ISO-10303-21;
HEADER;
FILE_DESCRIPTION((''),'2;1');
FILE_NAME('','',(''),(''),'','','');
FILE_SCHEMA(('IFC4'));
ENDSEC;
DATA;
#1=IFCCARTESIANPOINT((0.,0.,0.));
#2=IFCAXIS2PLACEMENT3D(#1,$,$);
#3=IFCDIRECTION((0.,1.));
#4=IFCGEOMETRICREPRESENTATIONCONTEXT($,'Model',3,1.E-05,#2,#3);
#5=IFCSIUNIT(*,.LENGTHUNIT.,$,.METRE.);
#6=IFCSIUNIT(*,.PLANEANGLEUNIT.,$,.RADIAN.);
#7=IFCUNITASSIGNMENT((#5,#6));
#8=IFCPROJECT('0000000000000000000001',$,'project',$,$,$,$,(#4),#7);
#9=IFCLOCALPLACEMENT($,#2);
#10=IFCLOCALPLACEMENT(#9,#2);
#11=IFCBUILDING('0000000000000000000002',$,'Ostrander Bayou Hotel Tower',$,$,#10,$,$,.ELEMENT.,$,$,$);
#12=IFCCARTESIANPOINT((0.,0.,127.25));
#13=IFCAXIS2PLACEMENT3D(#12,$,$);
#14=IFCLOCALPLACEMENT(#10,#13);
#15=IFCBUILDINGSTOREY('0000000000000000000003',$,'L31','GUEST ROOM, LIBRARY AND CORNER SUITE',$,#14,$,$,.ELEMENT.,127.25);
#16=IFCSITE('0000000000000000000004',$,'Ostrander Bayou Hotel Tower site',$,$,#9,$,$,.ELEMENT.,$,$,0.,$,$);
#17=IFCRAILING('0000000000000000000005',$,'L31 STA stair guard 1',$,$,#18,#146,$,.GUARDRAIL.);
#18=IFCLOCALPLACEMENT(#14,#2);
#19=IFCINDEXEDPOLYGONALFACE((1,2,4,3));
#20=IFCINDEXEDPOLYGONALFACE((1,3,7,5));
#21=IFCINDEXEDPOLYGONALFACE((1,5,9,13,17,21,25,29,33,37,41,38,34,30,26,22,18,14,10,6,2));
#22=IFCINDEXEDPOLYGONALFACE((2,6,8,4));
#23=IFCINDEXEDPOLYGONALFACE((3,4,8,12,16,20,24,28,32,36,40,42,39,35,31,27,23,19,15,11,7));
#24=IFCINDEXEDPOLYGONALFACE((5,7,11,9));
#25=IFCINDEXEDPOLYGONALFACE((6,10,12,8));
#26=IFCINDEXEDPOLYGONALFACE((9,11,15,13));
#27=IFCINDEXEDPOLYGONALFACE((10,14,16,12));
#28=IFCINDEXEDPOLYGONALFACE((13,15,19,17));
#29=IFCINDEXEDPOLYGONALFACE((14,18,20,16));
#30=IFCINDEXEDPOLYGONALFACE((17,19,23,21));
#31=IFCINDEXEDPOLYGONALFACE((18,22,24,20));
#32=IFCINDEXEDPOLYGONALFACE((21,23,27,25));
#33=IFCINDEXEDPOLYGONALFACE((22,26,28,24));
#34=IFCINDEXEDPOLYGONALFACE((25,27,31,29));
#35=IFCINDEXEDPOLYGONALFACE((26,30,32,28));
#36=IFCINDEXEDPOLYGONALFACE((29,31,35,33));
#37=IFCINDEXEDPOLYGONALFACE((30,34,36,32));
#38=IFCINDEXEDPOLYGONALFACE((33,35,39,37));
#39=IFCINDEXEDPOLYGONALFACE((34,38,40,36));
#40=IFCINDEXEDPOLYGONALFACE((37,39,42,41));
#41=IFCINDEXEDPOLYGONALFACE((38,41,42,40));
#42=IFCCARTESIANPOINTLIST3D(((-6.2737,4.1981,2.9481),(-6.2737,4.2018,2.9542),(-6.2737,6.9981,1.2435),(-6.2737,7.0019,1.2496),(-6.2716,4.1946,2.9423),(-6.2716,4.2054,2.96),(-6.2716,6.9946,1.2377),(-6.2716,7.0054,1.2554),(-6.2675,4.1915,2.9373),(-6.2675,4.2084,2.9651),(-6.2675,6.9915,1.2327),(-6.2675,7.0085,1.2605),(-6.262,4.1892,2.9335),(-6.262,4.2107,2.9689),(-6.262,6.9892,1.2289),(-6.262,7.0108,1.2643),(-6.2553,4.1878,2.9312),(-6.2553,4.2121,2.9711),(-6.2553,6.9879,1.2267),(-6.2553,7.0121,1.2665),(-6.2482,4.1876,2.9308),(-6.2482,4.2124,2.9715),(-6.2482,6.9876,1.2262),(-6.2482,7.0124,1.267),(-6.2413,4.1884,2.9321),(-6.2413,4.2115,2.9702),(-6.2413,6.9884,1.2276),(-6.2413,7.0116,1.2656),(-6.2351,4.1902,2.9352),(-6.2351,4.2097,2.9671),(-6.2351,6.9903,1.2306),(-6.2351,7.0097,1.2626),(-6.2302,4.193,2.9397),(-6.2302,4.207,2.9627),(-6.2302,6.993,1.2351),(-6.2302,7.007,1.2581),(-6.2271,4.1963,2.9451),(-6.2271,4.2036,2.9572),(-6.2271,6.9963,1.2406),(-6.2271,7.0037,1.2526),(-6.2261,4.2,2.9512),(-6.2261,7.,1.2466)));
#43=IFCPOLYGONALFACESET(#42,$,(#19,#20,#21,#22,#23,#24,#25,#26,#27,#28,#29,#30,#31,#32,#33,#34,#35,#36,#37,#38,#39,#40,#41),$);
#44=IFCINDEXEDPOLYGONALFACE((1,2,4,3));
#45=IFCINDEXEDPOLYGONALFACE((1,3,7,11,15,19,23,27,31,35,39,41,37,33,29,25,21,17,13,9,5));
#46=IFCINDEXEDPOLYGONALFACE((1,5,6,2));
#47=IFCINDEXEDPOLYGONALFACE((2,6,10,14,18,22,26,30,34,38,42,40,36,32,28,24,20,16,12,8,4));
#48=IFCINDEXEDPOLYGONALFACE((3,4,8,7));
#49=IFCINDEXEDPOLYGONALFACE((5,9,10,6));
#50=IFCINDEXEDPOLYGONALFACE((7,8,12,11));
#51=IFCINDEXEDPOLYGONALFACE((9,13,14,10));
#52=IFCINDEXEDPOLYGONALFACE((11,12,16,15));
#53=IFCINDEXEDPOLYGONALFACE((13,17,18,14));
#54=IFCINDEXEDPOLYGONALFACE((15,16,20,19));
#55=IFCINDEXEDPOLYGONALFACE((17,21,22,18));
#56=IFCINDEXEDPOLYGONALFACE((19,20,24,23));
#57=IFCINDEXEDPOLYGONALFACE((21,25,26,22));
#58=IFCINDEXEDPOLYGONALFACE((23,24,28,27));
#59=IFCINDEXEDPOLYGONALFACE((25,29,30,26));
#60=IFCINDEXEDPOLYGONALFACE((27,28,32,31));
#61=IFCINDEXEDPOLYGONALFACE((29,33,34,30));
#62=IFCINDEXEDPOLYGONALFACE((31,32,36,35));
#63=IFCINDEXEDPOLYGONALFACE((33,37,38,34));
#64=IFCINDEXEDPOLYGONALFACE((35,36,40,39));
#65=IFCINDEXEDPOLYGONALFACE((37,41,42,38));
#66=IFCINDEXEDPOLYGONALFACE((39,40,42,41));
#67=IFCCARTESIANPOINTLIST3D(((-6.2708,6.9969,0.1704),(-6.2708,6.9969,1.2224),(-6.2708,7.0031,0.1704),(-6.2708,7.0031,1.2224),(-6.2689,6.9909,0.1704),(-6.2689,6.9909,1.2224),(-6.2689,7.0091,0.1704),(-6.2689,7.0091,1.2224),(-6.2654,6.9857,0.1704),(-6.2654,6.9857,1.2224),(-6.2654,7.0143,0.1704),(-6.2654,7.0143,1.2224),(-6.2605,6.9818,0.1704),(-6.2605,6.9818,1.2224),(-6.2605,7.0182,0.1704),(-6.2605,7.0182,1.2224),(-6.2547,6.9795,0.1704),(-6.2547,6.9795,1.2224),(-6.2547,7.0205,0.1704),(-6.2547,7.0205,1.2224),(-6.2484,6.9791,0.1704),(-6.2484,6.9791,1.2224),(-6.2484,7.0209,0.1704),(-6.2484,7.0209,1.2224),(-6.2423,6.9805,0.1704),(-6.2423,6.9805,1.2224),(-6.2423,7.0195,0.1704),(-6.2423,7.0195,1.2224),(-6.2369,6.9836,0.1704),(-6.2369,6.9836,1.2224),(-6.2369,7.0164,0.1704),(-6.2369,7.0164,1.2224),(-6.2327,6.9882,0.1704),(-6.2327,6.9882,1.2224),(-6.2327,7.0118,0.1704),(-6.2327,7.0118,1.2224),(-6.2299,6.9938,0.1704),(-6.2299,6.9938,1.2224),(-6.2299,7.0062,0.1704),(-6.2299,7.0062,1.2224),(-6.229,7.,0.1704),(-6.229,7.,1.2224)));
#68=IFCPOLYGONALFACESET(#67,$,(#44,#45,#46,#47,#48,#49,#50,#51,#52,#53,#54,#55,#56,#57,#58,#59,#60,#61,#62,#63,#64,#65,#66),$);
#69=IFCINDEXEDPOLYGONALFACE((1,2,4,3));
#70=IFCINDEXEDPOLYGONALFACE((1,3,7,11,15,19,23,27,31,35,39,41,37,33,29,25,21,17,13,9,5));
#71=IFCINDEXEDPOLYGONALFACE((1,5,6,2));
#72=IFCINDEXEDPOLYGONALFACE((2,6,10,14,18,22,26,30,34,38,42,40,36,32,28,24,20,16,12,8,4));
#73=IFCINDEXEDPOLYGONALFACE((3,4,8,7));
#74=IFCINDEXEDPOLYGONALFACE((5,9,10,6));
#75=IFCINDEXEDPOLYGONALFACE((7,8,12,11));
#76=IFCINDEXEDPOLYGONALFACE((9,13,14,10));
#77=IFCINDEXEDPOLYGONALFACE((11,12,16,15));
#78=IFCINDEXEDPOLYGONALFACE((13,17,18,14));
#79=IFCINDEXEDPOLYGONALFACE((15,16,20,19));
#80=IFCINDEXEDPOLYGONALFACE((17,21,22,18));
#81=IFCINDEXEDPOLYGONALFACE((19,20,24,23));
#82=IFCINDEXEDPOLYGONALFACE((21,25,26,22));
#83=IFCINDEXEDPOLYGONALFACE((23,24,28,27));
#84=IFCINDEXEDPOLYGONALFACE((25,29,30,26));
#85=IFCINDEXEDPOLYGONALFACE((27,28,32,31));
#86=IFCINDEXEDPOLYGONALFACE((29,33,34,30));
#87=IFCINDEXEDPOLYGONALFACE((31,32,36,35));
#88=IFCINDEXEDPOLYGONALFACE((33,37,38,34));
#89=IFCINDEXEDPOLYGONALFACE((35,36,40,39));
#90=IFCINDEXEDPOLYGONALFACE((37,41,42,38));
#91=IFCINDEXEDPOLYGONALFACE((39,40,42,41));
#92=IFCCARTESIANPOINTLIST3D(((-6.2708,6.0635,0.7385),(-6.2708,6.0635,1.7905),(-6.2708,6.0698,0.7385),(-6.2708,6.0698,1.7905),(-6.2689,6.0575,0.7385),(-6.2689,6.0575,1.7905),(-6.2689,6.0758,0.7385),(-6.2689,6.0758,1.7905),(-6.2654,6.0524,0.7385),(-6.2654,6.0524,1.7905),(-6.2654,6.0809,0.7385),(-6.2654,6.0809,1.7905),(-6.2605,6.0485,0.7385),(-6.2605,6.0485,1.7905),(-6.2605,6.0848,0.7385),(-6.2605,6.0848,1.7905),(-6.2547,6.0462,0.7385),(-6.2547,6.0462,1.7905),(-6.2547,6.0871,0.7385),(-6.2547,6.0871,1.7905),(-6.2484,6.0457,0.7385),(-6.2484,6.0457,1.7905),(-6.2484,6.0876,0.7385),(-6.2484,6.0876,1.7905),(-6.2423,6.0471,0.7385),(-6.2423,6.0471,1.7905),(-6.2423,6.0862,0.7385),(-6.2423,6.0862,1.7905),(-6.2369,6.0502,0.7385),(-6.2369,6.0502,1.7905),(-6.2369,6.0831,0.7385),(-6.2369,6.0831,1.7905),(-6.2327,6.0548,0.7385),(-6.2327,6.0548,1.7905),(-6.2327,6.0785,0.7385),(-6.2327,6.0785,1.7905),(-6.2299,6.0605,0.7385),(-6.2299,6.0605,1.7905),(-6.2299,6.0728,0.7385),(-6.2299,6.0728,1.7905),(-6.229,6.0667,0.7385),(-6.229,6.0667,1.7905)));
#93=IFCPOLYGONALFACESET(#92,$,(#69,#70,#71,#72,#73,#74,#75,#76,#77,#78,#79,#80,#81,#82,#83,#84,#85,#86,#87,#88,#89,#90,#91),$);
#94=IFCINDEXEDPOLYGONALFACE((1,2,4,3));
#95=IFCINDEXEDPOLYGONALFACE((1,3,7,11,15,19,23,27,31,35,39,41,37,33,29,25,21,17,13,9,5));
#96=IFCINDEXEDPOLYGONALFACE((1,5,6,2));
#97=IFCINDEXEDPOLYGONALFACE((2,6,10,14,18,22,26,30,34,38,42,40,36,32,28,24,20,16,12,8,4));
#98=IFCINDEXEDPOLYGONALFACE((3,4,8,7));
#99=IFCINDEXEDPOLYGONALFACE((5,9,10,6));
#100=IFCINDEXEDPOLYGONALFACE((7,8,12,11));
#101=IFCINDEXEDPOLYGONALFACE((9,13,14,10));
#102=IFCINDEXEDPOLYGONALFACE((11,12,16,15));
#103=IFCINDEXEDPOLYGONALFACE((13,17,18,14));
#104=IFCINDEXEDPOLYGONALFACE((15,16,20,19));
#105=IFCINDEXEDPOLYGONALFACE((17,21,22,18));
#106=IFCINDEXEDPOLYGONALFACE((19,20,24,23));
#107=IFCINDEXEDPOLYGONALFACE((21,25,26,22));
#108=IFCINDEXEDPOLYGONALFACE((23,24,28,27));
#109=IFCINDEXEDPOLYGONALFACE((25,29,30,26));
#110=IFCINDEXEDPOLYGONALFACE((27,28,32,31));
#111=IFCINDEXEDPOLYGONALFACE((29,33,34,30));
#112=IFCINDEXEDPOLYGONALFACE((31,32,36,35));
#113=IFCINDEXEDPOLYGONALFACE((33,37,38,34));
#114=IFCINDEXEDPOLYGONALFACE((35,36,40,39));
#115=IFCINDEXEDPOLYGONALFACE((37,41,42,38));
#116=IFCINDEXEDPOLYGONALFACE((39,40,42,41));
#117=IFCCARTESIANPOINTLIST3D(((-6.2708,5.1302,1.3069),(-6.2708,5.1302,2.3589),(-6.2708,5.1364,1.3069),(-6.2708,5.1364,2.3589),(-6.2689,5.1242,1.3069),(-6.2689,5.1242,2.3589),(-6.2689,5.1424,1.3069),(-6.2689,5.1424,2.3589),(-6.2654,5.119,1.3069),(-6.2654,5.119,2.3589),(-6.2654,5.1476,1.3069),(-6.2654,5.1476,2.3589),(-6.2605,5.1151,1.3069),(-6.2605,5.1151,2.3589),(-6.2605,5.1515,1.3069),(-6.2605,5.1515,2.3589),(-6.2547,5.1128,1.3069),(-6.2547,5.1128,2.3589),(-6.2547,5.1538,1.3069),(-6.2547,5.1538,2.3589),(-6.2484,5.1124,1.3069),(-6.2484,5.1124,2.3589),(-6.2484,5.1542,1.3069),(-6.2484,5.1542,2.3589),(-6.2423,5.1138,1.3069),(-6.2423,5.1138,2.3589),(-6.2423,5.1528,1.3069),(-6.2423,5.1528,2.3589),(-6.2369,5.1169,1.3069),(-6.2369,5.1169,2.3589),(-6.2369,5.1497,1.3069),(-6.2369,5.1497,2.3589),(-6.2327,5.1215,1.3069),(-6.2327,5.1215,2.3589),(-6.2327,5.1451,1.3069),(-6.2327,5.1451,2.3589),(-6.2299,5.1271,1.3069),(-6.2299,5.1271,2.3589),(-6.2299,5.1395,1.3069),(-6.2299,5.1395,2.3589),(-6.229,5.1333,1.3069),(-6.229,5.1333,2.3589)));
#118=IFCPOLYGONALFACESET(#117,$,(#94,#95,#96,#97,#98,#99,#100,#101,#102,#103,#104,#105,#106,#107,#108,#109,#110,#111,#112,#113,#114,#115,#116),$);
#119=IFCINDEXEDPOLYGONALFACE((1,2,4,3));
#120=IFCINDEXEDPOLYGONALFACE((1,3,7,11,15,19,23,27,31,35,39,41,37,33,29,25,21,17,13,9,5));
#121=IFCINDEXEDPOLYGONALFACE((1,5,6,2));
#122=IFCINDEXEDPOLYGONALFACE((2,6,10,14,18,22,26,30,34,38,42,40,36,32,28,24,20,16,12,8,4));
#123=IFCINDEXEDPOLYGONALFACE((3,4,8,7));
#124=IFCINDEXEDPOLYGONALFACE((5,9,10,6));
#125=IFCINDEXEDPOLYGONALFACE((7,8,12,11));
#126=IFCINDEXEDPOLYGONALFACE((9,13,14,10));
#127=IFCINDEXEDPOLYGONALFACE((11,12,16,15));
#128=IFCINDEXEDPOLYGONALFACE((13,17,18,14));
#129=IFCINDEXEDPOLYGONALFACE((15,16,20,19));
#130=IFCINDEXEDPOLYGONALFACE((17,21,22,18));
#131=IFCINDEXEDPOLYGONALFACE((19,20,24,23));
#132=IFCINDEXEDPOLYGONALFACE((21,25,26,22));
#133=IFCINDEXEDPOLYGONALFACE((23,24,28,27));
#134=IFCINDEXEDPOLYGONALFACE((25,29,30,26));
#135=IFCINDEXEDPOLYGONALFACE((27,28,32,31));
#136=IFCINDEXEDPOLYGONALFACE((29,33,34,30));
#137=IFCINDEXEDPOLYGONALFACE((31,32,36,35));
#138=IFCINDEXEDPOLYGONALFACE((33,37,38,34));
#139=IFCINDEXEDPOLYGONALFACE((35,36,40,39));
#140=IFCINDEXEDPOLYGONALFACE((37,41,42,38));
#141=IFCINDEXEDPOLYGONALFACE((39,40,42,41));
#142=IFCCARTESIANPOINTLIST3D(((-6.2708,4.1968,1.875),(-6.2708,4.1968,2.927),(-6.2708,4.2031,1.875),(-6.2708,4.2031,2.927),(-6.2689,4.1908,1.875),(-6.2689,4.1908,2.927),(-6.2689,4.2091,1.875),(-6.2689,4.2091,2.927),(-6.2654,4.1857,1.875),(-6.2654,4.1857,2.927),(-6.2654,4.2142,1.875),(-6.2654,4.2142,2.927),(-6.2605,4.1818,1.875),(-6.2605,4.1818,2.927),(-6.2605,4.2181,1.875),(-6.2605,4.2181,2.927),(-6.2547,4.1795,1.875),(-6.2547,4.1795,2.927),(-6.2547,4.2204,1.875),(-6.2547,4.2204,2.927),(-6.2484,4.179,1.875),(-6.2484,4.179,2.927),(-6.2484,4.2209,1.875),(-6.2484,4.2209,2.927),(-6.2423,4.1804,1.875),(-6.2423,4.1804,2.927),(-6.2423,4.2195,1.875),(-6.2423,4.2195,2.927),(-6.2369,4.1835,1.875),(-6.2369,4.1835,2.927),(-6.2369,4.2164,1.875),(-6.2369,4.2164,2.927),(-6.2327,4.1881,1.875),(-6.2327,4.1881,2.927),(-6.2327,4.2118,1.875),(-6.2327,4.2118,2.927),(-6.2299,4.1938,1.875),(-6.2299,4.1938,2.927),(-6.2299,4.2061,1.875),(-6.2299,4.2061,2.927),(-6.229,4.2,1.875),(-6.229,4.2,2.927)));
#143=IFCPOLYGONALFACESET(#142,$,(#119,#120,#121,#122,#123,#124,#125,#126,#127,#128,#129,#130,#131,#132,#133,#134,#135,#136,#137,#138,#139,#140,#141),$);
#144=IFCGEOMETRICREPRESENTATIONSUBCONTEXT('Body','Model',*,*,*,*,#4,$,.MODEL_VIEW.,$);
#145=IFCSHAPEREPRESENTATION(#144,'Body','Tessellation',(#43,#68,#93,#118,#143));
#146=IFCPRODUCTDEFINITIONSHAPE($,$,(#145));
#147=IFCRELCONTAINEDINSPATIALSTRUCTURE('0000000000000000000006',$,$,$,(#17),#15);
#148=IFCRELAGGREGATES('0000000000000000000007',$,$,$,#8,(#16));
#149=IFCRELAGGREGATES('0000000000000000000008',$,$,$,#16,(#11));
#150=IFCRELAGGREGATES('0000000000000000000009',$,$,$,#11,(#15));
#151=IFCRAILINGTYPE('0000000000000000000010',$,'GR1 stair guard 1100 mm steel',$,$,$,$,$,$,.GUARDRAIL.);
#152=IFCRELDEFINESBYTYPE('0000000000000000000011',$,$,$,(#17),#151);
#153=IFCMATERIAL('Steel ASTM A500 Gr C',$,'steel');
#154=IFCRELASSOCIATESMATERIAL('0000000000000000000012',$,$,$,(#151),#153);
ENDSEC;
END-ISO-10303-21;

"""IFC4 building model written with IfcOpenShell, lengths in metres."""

from ifc_helpers import new_model, si_unit, direction, frame, origin, origin_2d, place, context, subcontext, project, spatial, circle, extrude, material, type_object, element, save


model = new_model("IFC4")

# Units and contexts
model_context = context("Model", 3, precision=1e-05, world=origin(), true_north=direction((0.0, 1.0)))
body_context = subcontext(model_context, "Body", "Model", "MODEL_VIEW")
ifc_project = project(units=[si_unit("LENGTHUNIT", "METRE"), si_unit("PLANEANGLEUNIT", "RADIAN")], contexts=[model_context])

# Site, building, storey
site_placement = place(None, origin())
site = spatial("IfcSite", under=ifc_project, at=site_placement, Name="Ostrander Bayou Hotel Tower site", CompositionType="ELEMENT", RefElevation=0.0)
building_placement = place(site_placement, origin())
building = spatial("IfcBuilding", under=site, at=building_placement, Name="Ostrander Bayou Hotel Tower", CompositionType="ELEMENT")
storey_placement = place(building_placement, frame((0.0, 0.0, 127.25)))
storey = spatial("IfcBuildingStorey", under=building, at=storey_placement, Name="L31", Description="GUEST ROOM, LIBRARY AND CORNER SUITE", CompositionType="ELEMENT", Elevation=127.25)

# Railing
ifc_material_1 = material(Name="Steel ASTM A500 Gr C", Category="steel")
railing_type = type_object("IfcRailingType", Name="GR1 stair guard 1100 mm steel", PredefinedType="GUARDRAIL", material=ifc_material_1)
railing_1_placement = place(storey_placement, frame((-6.25, 7.0, 0.1704)))
element("IfcRailing", 1, at=railing_1_placement, inside=storey, type_object=railing_type, Name="L31 STA stair guard 1", PredefinedType="GUARDRAIL", context=body_context, shape_type="SweptSolid", body=[
    extrude(circle(Radius=0.0239, at=origin_2d()), frame((0.0, 0.0, 1.0762), z_axis=(0.0, -0.85417, 0.519994), x_axis=(1.0, 0.0, 0.0)), (0.0, 0.0, 1.0), 3.2781),
    extrude(circle(Radius=0.021, at=origin_2d()), origin(), (0.0, 0.0, 1.0), 1.052),
    extrude(circle(Radius=0.021, at=origin_2d()), frame((0.0, -0.9333, 0.5681)), (0.0, 0.0, 1.0), 1.052),
    extrude(circle(Radius=0.021, at=origin_2d()), frame((0.0, -1.8667, 1.1365)), (0.0, 0.0, 1.0), 1.052),
    extrude(circle(Radius=0.021, at=origin_2d()), frame((0.0, -2.8, 1.7046)), (0.0, 0.0, 1.0), 1.052),
])

save(model, "model.ifc")
